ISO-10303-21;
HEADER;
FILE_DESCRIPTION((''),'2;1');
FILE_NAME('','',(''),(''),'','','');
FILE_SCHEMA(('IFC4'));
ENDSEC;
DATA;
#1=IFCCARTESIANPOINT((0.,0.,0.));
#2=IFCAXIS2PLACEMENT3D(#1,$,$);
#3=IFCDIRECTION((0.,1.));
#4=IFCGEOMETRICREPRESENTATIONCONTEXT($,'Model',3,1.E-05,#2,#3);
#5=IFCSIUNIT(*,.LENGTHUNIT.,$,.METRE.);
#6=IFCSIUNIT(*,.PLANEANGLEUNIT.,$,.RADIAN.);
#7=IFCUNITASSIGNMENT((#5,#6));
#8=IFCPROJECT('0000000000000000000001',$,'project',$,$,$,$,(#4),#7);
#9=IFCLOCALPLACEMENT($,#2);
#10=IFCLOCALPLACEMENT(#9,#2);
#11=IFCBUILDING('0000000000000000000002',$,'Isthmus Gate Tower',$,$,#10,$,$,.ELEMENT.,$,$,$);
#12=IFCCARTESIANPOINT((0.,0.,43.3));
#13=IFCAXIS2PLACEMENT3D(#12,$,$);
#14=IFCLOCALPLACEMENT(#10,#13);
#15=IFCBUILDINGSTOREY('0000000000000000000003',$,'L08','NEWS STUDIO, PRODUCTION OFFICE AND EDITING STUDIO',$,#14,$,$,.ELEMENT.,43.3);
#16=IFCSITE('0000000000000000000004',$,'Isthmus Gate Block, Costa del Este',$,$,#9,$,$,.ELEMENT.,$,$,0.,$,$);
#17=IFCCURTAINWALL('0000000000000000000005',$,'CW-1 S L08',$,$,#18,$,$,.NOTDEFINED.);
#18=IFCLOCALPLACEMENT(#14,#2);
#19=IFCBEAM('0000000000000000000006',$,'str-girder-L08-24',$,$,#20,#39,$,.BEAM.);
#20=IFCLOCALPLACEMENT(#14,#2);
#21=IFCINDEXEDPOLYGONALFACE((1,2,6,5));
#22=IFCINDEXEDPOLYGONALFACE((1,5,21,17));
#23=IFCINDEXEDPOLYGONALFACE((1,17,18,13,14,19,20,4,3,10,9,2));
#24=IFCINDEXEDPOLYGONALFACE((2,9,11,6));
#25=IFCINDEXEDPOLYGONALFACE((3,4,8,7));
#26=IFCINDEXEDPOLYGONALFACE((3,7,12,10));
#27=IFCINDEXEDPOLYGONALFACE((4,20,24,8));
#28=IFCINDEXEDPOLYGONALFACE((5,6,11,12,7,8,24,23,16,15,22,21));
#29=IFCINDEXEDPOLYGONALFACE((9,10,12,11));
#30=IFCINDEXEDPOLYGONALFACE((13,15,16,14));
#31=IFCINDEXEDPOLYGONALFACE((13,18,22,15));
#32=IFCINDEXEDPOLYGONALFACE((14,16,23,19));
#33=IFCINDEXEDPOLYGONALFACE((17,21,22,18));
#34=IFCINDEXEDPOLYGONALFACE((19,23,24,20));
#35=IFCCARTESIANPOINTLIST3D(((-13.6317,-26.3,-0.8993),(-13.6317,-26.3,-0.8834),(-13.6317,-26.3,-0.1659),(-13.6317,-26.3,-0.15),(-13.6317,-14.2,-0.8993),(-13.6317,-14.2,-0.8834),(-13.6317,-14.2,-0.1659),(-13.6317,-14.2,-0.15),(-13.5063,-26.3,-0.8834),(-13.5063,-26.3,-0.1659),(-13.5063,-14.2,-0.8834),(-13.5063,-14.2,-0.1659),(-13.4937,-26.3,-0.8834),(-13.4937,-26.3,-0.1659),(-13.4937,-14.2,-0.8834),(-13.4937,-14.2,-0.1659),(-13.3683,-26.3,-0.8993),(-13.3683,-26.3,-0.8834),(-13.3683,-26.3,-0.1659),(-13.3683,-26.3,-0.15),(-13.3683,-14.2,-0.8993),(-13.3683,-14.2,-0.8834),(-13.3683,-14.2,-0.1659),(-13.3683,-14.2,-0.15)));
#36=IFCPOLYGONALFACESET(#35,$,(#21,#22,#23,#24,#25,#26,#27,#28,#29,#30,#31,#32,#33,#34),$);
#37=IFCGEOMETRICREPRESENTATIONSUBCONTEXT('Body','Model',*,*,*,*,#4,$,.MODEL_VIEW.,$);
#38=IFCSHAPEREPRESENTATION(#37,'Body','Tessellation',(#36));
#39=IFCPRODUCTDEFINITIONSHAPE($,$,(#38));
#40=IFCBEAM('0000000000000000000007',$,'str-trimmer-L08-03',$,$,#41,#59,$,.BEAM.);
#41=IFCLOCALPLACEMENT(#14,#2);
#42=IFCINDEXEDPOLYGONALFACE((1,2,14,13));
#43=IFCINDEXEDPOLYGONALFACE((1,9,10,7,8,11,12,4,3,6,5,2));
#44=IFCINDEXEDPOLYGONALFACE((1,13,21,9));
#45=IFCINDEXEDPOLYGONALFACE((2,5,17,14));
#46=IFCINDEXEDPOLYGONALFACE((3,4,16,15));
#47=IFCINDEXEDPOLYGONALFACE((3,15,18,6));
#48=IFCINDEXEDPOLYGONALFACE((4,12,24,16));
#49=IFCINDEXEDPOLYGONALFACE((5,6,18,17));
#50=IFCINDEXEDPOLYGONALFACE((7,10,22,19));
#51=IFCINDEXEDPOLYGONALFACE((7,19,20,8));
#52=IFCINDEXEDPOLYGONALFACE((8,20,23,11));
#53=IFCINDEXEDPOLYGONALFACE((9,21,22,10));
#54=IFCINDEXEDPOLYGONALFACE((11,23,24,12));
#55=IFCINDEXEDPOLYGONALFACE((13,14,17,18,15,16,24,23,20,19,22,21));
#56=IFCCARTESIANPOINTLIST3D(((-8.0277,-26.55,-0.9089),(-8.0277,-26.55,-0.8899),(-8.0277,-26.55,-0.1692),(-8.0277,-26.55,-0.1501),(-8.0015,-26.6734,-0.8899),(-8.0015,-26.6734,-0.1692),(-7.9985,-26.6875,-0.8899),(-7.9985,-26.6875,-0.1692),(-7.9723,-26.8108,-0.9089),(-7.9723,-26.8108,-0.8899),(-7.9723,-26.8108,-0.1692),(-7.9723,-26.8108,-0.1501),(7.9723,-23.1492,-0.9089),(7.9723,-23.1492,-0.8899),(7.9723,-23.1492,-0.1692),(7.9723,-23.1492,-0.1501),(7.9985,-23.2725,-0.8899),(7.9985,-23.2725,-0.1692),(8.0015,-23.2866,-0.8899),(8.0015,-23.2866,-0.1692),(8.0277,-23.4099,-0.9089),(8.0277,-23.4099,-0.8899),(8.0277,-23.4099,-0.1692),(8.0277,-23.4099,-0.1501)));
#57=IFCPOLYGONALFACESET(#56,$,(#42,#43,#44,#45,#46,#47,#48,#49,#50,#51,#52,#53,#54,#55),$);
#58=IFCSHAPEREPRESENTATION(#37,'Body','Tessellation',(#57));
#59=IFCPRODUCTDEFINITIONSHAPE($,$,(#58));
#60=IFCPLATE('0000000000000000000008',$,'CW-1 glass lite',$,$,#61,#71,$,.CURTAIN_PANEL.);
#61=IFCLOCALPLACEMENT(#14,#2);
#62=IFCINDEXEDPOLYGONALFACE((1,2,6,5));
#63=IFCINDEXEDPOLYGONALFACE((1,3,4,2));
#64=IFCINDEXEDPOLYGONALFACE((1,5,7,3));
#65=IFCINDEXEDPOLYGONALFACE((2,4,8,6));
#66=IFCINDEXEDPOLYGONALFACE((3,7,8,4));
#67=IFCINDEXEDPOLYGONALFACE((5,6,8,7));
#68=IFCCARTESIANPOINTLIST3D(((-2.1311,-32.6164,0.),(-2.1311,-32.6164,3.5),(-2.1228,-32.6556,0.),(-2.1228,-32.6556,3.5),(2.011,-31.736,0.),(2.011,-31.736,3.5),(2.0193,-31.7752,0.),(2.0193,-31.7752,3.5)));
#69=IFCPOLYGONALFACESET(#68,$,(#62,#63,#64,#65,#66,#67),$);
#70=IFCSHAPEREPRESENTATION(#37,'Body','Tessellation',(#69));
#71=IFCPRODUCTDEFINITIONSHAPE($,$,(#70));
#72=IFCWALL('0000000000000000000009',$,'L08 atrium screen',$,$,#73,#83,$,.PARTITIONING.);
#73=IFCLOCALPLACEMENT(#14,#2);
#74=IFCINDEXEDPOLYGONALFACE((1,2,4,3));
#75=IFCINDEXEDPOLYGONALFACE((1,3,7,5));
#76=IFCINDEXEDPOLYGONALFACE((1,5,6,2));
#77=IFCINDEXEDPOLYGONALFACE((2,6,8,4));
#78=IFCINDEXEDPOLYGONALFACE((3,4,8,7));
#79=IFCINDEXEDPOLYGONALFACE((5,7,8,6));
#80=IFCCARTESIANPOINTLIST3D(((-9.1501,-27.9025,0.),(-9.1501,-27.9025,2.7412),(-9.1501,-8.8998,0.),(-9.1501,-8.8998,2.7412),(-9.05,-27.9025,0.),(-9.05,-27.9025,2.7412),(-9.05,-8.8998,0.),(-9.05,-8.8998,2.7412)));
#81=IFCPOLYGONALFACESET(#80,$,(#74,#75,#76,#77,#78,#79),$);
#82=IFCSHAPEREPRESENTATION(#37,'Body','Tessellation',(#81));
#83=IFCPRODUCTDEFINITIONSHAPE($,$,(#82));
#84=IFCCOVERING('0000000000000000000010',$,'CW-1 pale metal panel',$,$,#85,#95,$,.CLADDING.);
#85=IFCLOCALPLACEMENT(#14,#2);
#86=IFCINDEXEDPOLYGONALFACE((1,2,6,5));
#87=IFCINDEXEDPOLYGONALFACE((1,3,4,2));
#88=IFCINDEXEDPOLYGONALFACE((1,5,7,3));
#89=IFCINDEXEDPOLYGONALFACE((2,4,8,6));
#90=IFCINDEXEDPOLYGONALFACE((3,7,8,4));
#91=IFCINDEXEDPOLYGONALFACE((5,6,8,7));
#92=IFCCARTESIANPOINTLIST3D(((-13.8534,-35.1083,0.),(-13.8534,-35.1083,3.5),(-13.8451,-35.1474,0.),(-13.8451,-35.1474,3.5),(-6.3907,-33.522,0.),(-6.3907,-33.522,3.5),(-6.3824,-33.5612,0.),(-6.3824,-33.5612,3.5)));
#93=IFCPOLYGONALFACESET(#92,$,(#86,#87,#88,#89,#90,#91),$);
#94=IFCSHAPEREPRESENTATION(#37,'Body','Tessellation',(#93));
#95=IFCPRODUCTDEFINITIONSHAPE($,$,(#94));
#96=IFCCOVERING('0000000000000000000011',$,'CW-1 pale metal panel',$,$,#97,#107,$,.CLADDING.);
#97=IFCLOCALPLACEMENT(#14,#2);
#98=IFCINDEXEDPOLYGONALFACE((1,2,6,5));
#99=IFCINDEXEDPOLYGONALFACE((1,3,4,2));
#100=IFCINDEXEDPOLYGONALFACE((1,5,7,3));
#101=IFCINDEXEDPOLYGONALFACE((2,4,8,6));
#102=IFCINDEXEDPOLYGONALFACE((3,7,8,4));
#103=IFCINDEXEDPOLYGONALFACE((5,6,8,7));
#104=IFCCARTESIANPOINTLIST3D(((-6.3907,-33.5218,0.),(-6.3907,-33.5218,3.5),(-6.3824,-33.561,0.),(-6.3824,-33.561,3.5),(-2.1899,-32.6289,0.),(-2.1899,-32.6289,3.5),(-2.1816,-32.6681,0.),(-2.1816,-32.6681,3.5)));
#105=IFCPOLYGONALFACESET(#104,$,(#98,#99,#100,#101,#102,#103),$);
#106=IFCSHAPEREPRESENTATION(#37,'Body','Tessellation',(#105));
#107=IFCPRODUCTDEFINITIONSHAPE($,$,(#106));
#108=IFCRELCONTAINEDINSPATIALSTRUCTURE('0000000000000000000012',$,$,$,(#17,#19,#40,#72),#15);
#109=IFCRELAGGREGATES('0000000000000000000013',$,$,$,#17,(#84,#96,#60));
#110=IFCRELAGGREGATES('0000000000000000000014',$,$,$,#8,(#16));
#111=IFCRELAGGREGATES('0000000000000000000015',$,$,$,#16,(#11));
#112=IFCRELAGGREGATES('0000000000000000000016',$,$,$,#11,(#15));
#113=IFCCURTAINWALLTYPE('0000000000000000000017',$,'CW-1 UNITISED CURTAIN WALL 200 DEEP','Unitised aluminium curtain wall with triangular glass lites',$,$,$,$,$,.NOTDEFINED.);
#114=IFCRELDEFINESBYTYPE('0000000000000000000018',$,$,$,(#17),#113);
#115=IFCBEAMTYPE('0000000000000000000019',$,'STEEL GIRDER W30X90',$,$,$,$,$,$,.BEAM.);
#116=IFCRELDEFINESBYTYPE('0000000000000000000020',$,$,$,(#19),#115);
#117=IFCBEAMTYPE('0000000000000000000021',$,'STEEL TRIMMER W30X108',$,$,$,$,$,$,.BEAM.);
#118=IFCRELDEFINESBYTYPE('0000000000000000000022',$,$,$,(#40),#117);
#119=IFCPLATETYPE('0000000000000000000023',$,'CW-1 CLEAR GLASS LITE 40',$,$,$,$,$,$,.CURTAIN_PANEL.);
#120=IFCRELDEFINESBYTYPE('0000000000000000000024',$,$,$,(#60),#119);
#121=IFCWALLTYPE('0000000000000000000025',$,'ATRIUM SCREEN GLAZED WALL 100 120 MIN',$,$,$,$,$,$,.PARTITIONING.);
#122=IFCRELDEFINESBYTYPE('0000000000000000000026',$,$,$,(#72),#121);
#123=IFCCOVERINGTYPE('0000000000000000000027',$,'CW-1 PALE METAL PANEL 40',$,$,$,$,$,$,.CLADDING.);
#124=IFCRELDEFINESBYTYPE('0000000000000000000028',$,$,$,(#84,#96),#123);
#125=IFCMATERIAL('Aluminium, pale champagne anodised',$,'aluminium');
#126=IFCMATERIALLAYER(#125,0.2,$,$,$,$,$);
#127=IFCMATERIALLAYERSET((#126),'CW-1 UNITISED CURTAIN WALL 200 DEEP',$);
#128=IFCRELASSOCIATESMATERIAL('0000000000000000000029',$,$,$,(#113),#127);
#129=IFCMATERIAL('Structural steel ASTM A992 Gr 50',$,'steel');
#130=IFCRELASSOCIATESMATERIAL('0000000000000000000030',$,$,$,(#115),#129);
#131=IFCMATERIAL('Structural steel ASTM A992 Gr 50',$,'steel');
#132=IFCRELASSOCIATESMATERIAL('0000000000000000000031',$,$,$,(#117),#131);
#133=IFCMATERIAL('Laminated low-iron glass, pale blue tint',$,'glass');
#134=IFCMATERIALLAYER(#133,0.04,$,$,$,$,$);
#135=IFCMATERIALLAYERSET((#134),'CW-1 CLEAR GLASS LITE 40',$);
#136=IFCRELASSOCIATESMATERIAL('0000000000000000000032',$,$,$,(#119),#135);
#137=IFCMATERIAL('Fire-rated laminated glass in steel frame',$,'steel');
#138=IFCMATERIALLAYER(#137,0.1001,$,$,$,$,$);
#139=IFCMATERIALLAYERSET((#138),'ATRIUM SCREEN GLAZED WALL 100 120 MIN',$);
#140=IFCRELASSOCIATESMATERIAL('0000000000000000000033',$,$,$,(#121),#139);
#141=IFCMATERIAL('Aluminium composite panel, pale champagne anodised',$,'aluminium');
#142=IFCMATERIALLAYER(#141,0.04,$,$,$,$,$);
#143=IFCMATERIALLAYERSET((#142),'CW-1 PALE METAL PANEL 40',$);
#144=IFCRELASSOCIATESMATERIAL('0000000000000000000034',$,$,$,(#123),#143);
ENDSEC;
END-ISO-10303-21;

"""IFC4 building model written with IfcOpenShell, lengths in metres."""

from ifc_helpers import new_model, si_unit, direction, frame, frame_2d, origin, origin_2d, place, context, subcontext, project, spatial, rectangle, i_section, extrude, material, layer, layer_set, material_profile, profile_set, type_object, element, aggregate, save


model = new_model("IFC4")

# Units and contexts
model_context = context("Model", 3, precision=1e-05, world=origin(), true_north=direction((0.0, 1.0)))
body_context = subcontext(model_context, "Body", "Model", "MODEL_VIEW")
ifc_project = project(units=[si_unit("LENGTHUNIT", "METRE"), si_unit("PLANEANGLEUNIT", "RADIAN")], contexts=[model_context])

# Site, building, storey
site_placement = place(None, origin())
site = spatial("IfcSite", under=ifc_project, at=site_placement, Name="Isthmus Gate Block, Costa del Este", CompositionType="ELEMENT", RefElevation=0.0)
building_placement = place(site_placement, origin())
building = spatial("IfcBuilding", under=site, at=building_placement, Name="Isthmus Gate Tower", CompositionType="ELEMENT")
storey_placement = place(building_placement, frame((0.0, 0.0, 43.3)))
storey = spatial("IfcBuildingStorey", under=building, at=storey_placement, Name="L08", Description="NEWS STUDIO, PRODUCTION OFFICE AND EDITING STUDIO", CompositionType="ELEMENT", Elevation=43.3)

# Curtain wall
ifc_material_1 = material(Name="Aluminium, pale champagne anodised", Category="aluminium")
ifc_layer_1 = layer(ifc_material_1, 0.2)
ifc_layer_set_1 = layer_set([ifc_layer_1], Name="CW-1 UNITISED CURTAIN WALL 200 DEEP")
curtain_wall_type = type_object("IfcCurtainWallType", Name="CW-1 UNITISED CURTAIN WALL 200 DEEP", Description="Unitised aluminium curtain wall with triangular glass lites", PredefinedType="NOTDEFINED", material=ifc_layer_set_1)
curtain_wall_placement = place(storey_placement, origin())
curtain_wall = element("IfcCurtainWall", 1, at=curtain_wall_placement, inside=storey, type_object=curtain_wall_type, Name="CW-1 S L08", PredefinedType="NOTDEFINED")

# Beams
ifc_material_2 = material(Name="Structural steel ASTM A992 Gr 50", Category="steel")
ifc_material_profile_1 = material_profile(ifc_material_2, i_section(OverallWidth=0.2634, OverallDepth=0.7493, WebThickness=0.0127, FlangeThickness=0.0159, at=origin_2d()), Name="W30X90")
ifc_profile_set_1 = profile_set([ifc_material_profile_1], Name="Structural steel ASTM A992 Gr 50")
beam_type_1 = type_object("IfcBeamType", Name="STEEL GIRDER W30X90", PredefinedType="BEAM", material=ifc_profile_set_1)
beam_1_placement = place(storey_placement, frame((-13.5, -26.3, -0.5247), z_axis=(0.0, 1.0, 0.0), x_axis=(-1.0, 0.0, 0.0)))
element("IfcBeam", 2, at=beam_1_placement, inside=storey, type_object=beam_type_1, Name="str-girder-L08-24", PredefinedType="BEAM", context=body_context, shape_type="SweptSolid", body=[
    extrude(i_section(OverallWidth=0.2634, OverallDepth=0.7493, WebThickness=0.0127, FlangeThickness=0.0159, at=origin_2d()), origin(), (0.0, 0.0, 1.0), 12.1001),
])
ifc_material_3 = material(Name="Structural steel ASTM A992 Gr 50", Category="steel")
ifc_material_profile_2 = material_profile(ifc_material_3, i_section(OverallWidth=0.2666, OverallDepth=0.7588, WebThickness=0.0144, FlangeThickness=0.019, at=origin_2d()), Name="W30X108")
ifc_profile_set_2 = profile_set([ifc_material_profile_2], Name="Structural steel ASTM A992 Gr 50")
beam_type_2 = type_object("IfcBeamType", Name="STEEL TRIMMER W30X108", PredefinedType="BEAM", material=ifc_profile_set_2)
beam_2_placement = place(storey_placement, frame((-8.0, -26.6804, -0.5295), z_axis=(0.978148, 0.20791, 0.0), x_axis=(-0.20791, 0.978148, 0.0)))
element("IfcBeam", 3, at=beam_2_placement, inside=storey, type_object=beam_type_2, Name="str-trimmer-L08-03", PredefinedType="BEAM", context=body_context, shape_type="SweptSolid", body=[
    extrude(i_section(OverallWidth=0.2666, OverallDepth=0.7588, WebThickness=0.0144, FlangeThickness=0.019, at=origin_2d()), origin(), (0.0, 0.0, 1.0), 16.3574),
])

# Plate
ifc_material_4 = material(Name="Laminated low-iron glass, pale blue tint", Category="glass")
ifc_layer_2 = layer(ifc_material_4, 0.04)
ifc_layer_set_2 = layer_set([ifc_layer_2], Name="CW-1 CLEAR GLASS LITE 40")
plate_type = type_object("IfcPlateType", Name="CW-1 CLEAR GLASS LITE 40", PredefinedType="CURTAIN_PANEL", material=ifc_layer_set_2)
plate_placement = place(storey_placement, frame((-0.0559, -32.1958, 0.0), z_axis=(0.0, 0.0, 1.0), x_axis=(0.978148, 0.207912, 0.0)))
plate = element("IfcPlate", 4, at=plate_placement, type_object=plate_type, Name="CW-1 glass lite", PredefinedType="CURTAIN_PANEL", context=body_context, shape_type="SweptSolid", body=[
    extrude(rectangle(XDim=4.2346, YDim=0.04, at=origin_2d()), origin(), (0.0, 0.0, 1.0), 3.5),
])

# Wall
ifc_material_5 = material(Name="Fire-rated laminated glass in steel frame", Category="steel")
ifc_layer_3 = layer(ifc_material_5, 0.1001)
ifc_layer_set_3 = layer_set([ifc_layer_3], Name="ATRIUM SCREEN GLAZED WALL 100 120 MIN")
wall_type = type_object("IfcWallType", Name="ATRIUM SCREEN GLAZED WALL 100 120 MIN", PredefinedType="PARTITIONING", material=ifc_layer_set_3)
wall_placement = place(storey_placement, frame((-9.1001, -27.9026, 0.0), z_axis=(0.0, 0.0, 1.0), x_axis=(0.0, 1.0, 0.0)))
element("IfcWall", 5, at=wall_placement, inside=storey, type_object=wall_type, Name="L08 atrium screen", PredefinedType="PARTITIONING", context=body_context, shape_type="SweptSolid", body=[
    extrude(rectangle(XDim=19.0027, YDim=0.1001, at=frame_2d((9.5015, 0.0))), origin(), (0.0, 0.0, 1.0), 2.7412),
])

# Coverings
ifc_material_6 = material(Name="Aluminium composite panel, pale champagne anodised", Category="aluminium")
ifc_layer_4 = layer(ifc_material_6, 0.04)
ifc_layer_set_4 = layer_set([ifc_layer_4], Name="CW-1 PALE METAL PANEL 40")
covering_type = type_object("IfcCoveringType", Name="CW-1 PALE METAL PANEL 40", PredefinedType="CLADDING", material=ifc_layer_set_4)
covering_1_placement = place(storey_placement, frame((-10.1179, -34.3347, 0.0), z_axis=(0.0, 0.0, 1.0), x_axis=(0.978148, 0.207912, 0.0)))
covering_1 = element("IfcCovering", 6, at=covering_1_placement, type_object=covering_type, Name="CW-1 pale metal panel", PredefinedType="CLADDING", context=body_context, shape_type="SweptSolid", body=[
    extrude(rectangle(XDim=7.6294, YDim=0.04, at=origin_2d()), origin(), (0.0, 0.0, 1.0), 3.5),
])
covering_2_placement = place(storey_placement, frame((-4.2861, -33.095, 0.0), z_axis=(0.0, 0.0, 1.0), x_axis=(0.978148, 0.207912, 0.0)))
covering_2 = element("IfcCovering", 7, at=covering_2_placement, type_object=covering_type, Name="CW-1 pale metal panel", PredefinedType="CLADDING", context=body_context, shape_type="SweptSolid", body=[
    extrude(rectangle(XDim=4.2947, YDim=0.04, at=origin_2d()), origin(), (0.0, 0.0, 1.0), 3.5),
])
aggregate(curtain_wall, [covering_1, covering_2, plate])

save(model, "model.ifc")
